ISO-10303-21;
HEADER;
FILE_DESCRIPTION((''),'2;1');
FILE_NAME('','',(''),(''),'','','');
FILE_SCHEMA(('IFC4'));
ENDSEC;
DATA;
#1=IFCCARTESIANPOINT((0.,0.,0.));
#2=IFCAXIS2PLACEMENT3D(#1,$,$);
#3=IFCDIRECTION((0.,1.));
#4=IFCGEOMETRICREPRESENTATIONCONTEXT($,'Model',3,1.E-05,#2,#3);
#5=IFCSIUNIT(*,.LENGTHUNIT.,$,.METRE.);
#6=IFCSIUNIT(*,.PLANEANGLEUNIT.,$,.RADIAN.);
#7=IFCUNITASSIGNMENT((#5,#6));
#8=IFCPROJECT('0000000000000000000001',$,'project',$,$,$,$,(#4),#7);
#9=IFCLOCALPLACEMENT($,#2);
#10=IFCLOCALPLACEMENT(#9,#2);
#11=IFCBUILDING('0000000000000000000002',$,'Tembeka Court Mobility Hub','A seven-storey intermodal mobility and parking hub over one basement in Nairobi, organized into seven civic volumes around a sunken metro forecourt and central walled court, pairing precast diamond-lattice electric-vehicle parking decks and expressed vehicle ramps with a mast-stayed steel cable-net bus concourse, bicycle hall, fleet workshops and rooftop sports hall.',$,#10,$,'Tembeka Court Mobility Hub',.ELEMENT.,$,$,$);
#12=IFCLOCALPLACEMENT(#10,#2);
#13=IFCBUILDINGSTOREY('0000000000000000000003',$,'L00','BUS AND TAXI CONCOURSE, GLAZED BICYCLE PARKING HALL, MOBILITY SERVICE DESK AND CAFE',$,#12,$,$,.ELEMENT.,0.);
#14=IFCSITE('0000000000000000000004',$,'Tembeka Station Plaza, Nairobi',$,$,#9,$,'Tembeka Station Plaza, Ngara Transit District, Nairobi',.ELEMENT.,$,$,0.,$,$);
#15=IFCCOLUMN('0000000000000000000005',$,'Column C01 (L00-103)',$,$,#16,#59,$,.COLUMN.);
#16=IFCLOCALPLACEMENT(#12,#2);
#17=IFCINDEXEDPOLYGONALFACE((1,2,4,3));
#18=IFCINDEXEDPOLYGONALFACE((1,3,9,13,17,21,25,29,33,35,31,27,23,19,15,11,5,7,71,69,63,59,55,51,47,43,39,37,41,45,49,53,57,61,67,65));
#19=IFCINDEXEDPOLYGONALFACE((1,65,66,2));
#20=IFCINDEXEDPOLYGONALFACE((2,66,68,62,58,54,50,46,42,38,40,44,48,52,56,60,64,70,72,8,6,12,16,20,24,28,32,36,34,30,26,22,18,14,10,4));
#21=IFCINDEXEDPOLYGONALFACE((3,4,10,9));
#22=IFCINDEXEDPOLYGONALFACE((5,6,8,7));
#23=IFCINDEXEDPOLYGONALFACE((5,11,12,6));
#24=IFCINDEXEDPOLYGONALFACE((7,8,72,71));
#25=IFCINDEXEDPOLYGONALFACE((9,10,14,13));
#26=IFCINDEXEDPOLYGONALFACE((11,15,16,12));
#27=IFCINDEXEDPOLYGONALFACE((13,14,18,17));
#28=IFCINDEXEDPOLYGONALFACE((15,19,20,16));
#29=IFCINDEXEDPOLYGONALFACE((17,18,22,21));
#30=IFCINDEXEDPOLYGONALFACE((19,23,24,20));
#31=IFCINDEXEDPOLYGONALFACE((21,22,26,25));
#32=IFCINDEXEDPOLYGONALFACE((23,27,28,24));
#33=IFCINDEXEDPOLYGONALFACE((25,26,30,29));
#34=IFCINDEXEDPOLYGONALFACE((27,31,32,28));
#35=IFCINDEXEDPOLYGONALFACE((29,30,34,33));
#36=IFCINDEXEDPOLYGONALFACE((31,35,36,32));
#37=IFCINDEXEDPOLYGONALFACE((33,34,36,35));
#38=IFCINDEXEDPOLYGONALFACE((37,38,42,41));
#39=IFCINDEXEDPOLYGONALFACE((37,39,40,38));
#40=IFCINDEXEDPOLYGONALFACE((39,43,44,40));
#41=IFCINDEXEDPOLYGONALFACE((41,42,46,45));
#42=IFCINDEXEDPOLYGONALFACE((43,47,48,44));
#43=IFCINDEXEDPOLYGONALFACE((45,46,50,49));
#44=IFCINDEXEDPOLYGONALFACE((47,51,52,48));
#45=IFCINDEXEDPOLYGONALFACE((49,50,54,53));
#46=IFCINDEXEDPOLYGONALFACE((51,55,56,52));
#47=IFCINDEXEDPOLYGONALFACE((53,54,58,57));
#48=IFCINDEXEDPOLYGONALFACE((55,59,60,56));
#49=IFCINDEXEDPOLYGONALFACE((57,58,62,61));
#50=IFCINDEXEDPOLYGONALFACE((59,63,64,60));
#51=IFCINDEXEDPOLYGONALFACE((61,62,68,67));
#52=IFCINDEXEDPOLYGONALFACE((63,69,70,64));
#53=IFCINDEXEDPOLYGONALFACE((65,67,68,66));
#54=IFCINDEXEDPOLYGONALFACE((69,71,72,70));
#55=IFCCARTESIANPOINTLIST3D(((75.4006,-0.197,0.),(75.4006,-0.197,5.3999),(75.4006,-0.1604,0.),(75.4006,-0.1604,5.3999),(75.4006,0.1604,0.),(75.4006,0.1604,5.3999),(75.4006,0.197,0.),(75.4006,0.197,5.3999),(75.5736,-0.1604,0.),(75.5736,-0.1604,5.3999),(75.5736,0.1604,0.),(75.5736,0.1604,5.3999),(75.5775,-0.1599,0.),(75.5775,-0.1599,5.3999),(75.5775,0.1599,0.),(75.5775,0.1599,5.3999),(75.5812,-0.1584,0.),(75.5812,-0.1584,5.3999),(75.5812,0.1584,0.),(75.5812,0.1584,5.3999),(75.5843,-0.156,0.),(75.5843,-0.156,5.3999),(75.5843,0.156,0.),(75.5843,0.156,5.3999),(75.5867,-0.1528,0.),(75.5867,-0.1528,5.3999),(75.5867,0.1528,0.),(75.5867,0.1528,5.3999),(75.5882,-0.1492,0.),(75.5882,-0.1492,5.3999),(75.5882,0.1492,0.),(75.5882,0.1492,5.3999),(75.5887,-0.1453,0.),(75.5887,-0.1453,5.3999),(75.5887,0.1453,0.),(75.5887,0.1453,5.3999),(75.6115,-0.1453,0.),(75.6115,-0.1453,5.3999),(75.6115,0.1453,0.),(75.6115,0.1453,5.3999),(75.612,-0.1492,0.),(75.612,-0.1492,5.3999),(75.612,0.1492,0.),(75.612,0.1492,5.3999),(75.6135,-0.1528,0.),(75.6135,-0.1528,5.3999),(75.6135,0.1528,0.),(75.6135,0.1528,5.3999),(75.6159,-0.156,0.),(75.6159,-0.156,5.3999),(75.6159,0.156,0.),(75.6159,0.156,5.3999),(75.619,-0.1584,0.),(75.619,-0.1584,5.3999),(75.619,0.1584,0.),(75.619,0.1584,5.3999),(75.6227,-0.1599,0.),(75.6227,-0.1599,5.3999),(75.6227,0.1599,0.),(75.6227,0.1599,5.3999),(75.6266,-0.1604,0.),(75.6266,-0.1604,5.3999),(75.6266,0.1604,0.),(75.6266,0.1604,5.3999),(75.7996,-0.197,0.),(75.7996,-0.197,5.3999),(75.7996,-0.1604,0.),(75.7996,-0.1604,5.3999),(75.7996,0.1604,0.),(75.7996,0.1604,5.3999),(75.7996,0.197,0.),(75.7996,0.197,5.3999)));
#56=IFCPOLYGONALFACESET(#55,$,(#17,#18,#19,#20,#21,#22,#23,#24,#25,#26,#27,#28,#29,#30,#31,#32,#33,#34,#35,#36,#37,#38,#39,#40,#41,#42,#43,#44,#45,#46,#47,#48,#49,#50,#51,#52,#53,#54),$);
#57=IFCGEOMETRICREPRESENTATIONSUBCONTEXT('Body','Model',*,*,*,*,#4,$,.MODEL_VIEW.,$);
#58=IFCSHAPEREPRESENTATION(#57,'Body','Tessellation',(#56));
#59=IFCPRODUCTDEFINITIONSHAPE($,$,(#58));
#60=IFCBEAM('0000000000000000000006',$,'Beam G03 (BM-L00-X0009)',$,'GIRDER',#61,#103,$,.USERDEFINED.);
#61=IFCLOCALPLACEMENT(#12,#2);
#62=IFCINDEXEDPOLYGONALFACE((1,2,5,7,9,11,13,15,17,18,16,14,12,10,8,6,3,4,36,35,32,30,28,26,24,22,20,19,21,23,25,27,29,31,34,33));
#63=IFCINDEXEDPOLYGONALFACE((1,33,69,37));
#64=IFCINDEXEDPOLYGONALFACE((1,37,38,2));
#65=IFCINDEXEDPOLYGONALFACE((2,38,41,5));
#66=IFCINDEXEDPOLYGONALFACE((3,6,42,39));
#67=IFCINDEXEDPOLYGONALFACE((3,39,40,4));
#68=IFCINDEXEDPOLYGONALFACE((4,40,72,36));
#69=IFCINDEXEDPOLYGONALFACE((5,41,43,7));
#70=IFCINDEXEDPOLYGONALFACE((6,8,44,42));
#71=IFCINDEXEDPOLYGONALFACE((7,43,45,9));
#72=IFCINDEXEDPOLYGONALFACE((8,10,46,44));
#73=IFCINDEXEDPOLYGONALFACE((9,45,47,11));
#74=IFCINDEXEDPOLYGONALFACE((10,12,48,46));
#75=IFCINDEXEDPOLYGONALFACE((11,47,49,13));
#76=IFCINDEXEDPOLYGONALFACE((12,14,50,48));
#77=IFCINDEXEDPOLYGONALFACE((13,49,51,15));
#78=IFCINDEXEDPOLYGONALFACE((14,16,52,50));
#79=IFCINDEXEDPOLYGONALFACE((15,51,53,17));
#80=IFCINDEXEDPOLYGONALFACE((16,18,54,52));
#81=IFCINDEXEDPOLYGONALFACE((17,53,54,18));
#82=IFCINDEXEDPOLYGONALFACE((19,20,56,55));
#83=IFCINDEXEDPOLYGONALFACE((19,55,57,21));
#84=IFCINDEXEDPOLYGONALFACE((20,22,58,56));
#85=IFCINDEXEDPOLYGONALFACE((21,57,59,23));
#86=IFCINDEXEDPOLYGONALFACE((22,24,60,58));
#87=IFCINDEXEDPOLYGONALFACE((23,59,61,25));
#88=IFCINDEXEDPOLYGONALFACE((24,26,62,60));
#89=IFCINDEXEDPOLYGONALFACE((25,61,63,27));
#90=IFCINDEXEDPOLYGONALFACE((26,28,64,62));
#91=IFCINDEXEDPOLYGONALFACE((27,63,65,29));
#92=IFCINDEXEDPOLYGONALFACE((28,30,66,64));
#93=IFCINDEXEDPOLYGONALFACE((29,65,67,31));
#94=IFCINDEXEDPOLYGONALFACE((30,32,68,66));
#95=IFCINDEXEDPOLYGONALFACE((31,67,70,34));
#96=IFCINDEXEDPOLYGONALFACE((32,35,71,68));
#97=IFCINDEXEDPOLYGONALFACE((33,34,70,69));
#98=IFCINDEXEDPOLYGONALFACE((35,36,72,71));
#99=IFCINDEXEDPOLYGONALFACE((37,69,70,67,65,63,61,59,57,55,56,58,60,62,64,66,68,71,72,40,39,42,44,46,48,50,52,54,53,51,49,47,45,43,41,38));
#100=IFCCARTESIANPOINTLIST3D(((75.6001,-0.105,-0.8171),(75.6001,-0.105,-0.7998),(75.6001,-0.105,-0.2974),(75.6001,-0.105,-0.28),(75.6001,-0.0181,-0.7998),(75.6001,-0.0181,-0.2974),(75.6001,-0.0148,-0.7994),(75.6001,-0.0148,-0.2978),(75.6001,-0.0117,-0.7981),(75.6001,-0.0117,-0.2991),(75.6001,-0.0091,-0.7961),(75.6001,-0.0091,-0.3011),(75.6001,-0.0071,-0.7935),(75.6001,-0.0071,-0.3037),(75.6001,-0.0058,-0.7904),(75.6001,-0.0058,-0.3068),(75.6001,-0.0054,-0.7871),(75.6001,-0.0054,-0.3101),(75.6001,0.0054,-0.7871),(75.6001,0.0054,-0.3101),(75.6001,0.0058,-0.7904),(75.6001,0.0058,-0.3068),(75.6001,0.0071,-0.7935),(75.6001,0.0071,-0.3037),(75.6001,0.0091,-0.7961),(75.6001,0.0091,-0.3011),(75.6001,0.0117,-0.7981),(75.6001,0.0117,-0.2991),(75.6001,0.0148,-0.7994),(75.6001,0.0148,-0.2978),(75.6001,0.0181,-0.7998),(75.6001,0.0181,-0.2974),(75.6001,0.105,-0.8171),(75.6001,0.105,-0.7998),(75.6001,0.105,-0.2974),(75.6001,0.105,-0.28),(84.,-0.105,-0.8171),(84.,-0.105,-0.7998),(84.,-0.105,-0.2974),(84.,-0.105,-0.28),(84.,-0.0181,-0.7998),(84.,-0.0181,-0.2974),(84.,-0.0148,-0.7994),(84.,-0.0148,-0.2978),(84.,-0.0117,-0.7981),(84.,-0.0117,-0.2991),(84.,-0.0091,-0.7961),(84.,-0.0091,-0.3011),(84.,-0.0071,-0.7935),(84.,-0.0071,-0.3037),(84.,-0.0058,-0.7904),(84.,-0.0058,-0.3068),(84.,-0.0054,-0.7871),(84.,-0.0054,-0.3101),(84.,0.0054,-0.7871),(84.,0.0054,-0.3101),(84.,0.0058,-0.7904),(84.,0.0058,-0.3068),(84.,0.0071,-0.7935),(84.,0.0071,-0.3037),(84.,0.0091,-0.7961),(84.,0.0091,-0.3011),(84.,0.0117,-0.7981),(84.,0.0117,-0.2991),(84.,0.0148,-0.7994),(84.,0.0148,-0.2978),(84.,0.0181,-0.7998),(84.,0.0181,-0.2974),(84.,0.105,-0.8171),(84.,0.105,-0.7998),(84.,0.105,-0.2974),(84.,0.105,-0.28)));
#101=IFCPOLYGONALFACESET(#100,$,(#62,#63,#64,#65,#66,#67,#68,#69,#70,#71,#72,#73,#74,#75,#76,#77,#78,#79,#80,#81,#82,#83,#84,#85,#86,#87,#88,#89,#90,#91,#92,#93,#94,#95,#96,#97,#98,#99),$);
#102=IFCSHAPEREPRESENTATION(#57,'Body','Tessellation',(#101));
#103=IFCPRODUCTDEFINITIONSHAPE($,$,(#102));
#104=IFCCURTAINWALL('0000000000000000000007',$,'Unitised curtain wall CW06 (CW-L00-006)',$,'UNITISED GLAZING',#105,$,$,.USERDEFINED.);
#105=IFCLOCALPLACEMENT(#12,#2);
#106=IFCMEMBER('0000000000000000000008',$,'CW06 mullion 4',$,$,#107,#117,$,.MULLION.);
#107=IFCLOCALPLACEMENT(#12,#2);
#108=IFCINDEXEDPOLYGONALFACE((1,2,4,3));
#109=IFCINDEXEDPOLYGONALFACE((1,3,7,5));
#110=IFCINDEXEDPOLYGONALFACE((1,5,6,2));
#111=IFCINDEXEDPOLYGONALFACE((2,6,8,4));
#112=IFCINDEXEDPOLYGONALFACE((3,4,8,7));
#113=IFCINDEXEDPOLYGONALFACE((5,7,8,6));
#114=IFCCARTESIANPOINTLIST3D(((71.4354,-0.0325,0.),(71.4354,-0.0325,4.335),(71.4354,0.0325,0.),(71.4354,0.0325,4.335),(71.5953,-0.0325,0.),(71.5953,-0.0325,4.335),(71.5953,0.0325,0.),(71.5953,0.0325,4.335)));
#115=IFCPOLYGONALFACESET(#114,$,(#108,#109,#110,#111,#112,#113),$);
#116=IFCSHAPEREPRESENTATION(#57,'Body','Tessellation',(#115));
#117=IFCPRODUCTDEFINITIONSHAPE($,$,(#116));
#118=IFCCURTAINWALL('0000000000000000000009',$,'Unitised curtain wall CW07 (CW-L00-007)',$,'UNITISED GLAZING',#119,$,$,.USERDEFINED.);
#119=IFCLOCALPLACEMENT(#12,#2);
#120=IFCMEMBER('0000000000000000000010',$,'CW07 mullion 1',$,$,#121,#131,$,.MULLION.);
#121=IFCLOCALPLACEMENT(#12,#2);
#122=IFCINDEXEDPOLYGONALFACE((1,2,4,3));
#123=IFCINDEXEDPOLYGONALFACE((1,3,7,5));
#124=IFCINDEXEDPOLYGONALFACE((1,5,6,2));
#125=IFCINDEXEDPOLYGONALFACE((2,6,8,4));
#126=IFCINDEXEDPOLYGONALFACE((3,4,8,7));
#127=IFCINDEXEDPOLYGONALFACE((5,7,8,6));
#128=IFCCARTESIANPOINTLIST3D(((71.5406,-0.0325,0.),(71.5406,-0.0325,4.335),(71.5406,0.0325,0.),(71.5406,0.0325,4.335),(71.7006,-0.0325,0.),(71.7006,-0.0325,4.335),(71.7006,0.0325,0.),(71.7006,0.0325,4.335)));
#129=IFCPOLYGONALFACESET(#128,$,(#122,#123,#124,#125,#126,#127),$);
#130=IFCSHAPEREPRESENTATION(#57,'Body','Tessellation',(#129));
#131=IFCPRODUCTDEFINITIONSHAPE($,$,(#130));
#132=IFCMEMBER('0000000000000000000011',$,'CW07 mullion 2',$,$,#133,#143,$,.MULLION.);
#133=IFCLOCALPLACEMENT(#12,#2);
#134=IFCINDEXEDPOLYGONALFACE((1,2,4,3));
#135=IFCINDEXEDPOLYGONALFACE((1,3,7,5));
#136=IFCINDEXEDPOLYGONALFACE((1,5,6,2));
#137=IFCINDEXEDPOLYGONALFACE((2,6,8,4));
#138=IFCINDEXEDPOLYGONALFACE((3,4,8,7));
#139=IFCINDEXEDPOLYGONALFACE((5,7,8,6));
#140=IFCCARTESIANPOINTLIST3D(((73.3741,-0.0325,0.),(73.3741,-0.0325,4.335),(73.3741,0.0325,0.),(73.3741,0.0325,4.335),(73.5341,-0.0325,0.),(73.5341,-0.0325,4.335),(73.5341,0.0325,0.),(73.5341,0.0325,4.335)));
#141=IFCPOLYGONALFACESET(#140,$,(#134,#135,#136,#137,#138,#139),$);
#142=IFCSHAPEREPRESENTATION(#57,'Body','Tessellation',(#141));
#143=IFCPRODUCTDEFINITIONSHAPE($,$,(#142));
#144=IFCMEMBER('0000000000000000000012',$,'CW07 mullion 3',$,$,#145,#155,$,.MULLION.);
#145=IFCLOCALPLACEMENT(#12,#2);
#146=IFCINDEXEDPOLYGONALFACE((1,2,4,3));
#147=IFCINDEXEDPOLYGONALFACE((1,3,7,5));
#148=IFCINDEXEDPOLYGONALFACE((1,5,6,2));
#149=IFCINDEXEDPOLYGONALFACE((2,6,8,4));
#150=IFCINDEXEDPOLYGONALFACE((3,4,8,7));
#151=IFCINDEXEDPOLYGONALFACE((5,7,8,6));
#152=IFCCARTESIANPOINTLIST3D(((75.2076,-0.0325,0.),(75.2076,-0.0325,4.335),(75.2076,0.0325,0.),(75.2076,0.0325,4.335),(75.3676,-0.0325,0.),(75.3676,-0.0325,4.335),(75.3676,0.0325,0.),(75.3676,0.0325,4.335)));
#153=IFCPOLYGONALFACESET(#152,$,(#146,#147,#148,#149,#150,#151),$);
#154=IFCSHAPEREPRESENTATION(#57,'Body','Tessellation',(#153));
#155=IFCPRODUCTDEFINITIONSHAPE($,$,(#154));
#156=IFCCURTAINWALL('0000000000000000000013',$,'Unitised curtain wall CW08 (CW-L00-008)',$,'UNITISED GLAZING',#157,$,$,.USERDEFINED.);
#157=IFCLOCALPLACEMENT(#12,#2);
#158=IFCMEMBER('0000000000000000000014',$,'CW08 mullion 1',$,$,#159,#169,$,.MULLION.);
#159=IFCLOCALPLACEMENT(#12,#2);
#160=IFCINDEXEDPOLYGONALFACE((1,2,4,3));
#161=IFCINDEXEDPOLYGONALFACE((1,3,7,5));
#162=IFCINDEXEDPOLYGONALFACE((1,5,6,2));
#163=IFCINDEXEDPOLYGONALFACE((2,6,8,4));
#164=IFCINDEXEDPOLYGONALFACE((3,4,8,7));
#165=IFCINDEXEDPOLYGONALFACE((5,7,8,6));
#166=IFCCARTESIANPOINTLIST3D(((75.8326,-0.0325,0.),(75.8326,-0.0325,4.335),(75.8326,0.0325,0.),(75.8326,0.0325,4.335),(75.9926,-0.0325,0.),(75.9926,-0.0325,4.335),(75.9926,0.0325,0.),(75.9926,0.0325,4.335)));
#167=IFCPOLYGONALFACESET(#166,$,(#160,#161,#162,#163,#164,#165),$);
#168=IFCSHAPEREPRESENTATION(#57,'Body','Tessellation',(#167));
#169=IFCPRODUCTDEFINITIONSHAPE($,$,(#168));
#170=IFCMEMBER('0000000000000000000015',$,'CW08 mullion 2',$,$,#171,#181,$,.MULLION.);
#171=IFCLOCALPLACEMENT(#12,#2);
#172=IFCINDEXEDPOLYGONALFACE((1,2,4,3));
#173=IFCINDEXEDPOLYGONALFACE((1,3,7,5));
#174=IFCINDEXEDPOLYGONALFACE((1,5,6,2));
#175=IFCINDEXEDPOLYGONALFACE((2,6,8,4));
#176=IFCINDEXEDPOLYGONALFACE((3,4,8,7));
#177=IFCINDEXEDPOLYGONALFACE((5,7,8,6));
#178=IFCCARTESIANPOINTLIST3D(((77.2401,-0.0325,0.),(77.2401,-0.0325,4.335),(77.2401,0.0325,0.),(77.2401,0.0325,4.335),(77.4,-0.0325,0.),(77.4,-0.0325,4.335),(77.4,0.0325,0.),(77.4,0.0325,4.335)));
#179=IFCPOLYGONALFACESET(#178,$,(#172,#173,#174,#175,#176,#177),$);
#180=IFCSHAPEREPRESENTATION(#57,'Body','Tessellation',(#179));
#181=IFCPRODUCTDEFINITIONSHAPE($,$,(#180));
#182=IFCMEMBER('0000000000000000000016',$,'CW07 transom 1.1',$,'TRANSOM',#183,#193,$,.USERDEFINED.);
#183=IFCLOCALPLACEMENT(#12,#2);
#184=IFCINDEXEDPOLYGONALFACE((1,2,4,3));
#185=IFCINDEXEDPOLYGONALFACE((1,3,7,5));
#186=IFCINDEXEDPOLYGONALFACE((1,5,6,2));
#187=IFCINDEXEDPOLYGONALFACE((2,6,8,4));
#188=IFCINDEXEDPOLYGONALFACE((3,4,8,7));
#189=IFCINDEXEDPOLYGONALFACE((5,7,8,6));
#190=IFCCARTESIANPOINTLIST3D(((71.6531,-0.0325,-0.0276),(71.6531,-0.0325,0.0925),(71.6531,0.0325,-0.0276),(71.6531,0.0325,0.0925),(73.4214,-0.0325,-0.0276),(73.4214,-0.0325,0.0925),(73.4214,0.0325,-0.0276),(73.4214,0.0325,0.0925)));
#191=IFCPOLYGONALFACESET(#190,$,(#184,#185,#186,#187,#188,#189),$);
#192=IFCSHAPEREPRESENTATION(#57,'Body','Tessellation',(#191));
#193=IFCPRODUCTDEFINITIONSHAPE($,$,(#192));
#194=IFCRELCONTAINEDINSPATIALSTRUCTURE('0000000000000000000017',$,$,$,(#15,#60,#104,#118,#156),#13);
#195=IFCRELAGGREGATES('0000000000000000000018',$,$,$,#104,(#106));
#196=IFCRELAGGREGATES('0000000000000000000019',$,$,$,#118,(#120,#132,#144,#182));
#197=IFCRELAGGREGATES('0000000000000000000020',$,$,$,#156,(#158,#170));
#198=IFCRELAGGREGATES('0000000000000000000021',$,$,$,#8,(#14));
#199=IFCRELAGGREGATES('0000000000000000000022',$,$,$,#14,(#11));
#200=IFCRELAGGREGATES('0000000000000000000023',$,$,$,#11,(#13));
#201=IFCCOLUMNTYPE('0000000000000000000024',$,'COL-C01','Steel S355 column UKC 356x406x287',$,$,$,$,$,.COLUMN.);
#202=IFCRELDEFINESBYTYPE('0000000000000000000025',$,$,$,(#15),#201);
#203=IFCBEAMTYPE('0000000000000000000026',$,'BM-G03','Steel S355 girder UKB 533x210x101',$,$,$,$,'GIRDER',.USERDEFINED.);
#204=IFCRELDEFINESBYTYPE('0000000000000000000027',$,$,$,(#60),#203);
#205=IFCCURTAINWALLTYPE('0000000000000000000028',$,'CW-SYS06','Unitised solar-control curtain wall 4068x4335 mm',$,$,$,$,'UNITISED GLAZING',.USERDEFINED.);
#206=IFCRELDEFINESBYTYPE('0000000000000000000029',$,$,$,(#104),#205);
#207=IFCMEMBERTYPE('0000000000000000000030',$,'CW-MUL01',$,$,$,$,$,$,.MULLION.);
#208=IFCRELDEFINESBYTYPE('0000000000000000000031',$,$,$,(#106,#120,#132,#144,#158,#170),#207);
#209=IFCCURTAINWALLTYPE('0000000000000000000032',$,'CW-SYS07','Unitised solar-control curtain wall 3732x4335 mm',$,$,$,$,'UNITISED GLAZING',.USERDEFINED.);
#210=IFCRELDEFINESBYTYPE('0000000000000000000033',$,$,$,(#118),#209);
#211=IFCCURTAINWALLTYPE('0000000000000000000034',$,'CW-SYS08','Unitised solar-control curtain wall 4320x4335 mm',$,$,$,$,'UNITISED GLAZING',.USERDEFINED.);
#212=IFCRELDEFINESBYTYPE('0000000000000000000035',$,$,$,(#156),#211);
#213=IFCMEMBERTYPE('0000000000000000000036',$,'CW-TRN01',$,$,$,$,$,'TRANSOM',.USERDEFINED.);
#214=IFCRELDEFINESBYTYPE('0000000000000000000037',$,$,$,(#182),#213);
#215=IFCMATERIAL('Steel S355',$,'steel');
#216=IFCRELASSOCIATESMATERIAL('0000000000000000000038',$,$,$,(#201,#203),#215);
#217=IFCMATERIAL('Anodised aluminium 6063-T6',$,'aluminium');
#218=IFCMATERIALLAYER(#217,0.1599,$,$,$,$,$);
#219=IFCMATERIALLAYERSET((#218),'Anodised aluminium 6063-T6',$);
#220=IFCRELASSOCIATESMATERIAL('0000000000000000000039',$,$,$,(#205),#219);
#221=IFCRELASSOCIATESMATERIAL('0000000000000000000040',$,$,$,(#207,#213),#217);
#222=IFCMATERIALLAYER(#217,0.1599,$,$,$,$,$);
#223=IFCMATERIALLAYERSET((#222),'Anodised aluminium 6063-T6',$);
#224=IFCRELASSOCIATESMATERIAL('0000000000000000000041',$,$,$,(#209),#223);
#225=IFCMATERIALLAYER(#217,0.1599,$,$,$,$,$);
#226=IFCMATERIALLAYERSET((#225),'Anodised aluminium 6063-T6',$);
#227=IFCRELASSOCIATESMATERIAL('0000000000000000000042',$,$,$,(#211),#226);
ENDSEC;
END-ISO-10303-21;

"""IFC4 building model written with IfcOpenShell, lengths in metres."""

from ifc_helpers import new_model, si_unit, direction, frame, origin, origin_2d, place, context, subcontext, project, spatial, rectangle, i_section, extrude, material, layer, layer_set, material_profile, profile_set, type_object, element, aggregate, save


model = new_model("IFC4")

# Units and contexts
model_context = context("Model", 3, precision=1e-05, world=origin(), true_north=direction((0.0, 1.0)))
body_context = subcontext(model_context, "Body", "Model", "MODEL_VIEW")
ifc_project = project(units=[si_unit("LENGTHUNIT", "METRE"), si_unit("PLANEANGLEUNIT", "RADIAN")], contexts=[model_context])

# Site, building, storey
site_placement = place(None, origin())
site = spatial("IfcSite", under=ifc_project, at=site_placement, Name="Tembeka Station Plaza, Nairobi", LongName="Tembeka Station Plaza, Ngara Transit District, Nairobi", CompositionType="ELEMENT", RefElevation=0.0)
building_placement = place(site_placement, origin())
building = spatial("IfcBuilding", under=site, at=building_placement, Name="Tembeka Court Mobility Hub", Description="A seven-storey intermodal mobility and parking hub over one basement in Nairobi, organized into seven civic volumes around a sunken metro forecourt and central walled court, pairing precast diamond-lattice electric-vehicle parking decks and expressed vehicle ramps with a mast-stayed steel cable-net bus concourse, bicycle hall, fleet workshops and rooftop sports hall.", LongName="Tembeka Court Mobility Hub", CompositionType="ELEMENT")
storey_placement = place(building_placement, origin())
storey = spatial("IfcBuildingStorey", under=building, at=storey_placement, Name="L00", Description="BUS AND TAXI CONCOURSE, GLAZED BICYCLE PARKING HALL, MOBILITY SERVICE DESK AND CAFE", CompositionType="ELEMENT", Elevation=0.0)

# Column
ifc_material_1 = material(Name="Steel S355", Category="steel")
ifc_material_profile_1 = material_profile(ifc_material_1, i_section(OverallWidth=0.3989, OverallDepth=0.394, WebThickness=0.0227, FlangeThickness=0.0366, FilletRadius=0.0151, at=origin_2d()), Name="UKC 356x406x287")
ifc_profile_set_1 = profile_set([ifc_material_profile_1], Name="Steel S355")
column_type = type_object("IfcColumnType", Name="COL-C01", Description="Steel S355 column UKC 356x406x287", PredefinedType="COLUMN", material=ifc_profile_set_1)
column_placement = place(storey_placement, frame((75.6001, 0.0, 0.0), z_axis=(0.0, 0.0, 1.0), x_axis=(1.0, 0.0, 0.0)))
element("IfcColumn", 1, at=column_placement, inside=storey, type_object=column_type, Name="Column C01 (L00-103)", PredefinedType="COLUMN", context=body_context, shape_type="SweptSolid", body=[
    extrude(i_section(OverallWidth=0.3989, OverallDepth=0.394, WebThickness=0.0227, FlangeThickness=0.0366, FilletRadius=0.0151, at=origin_2d()), origin(), (0.0, 0.0, 1.0), 5.3999),
])

# Beam
ifc_material_profile_2 = material_profile(ifc_material_1, i_section(OverallWidth=0.21, OverallDepth=0.5371, WebThickness=0.0107, FlangeThickness=0.0173, FilletRadius=0.0127, at=origin_2d()), Name="UKB 533x210x101")
ifc_profile_set_2 = profile_set([ifc_material_profile_2], Name="Steel S355")
beam_type = type_object("IfcBeamType", Name="BM-G03", Description="Steel S355 girder UKB 533x210x101", ElementType="GIRDER", PredefinedType="USERDEFINED", material=ifc_profile_set_2)
beam_placement = place(storey_placement, frame((75.6001, 0.0, -0.5486), z_axis=(1.0, 0.0, 0.0), x_axis=(0.0, 1.0, 0.0)))
element("IfcBeam", 2, at=beam_placement, inside=storey, type_object=beam_type, Name="Beam G03 (BM-L00-X0009)", ObjectType="GIRDER", PredefinedType="USERDEFINED", context=body_context, shape_type="SweptSolid", body=[
    extrude(i_section(OverallWidth=0.21, OverallDepth=0.5371, WebThickness=0.0107, FlangeThickness=0.0173, FilletRadius=0.0127, at=origin_2d()), origin(), (0.0, 0.0, 1.0), 8.3999),
])

# Curtain wall, member
ifc_material_2 = material(Name="Anodised aluminium 6063-T6", Category="aluminium")
ifc_layer_1 = layer(ifc_material_2, 0.1599)
ifc_layer_set_1 = layer_set([ifc_layer_1], Name="Anodised aluminium 6063-T6")
curtain_wall_type_1 = type_object("IfcCurtainWallType", Name="CW-SYS06", Description="Unitised solar-control curtain wall 4068x4335 mm", ElementType="UNITISED GLAZING", PredefinedType="USERDEFINED", material=ifc_layer_set_1)
curtain_wall_1_placement = place(storey_placement, origin())
curtain_wall_1 = element("IfcCurtainWall", 3, at=curtain_wall_1_placement, inside=storey, type_object=curtain_wall_type_1, Name="Unitised curtain wall CW06 (CW-L00-006)", ObjectType="UNITISED GLAZING", PredefinedType="USERDEFINED")
ifc_material_profile_3 = material_profile(ifc_material_2, rectangle(XDim=0.0649, YDim=0.1599, at=origin_2d()), Name="ALU-MUL 65x160")
ifc_profile_set_3 = profile_set([ifc_material_profile_3], Name="Anodised aluminium 6063-T6")
member_type_1 = type_object("IfcMemberType", Name="CW-MUL01", PredefinedType="MULLION", material=ifc_profile_set_3)
member_1_placement = place(storey_placement, frame((71.5154, 0.0, 0.0), z_axis=(0.0, 0.0, 1.0), x_axis=(0.0, 1.0, 0.0)))
member_1 = element("IfcMember", 4, at=member_1_placement, type_object=member_type_1, Name="CW06 mullion 4", PredefinedType="MULLION", context=body_context, shape_type="SweptSolid", body=[
    extrude(rectangle(XDim=0.0649, YDim=0.1599, at=origin_2d()), origin(), (0.0, 0.0, 1.0), 4.335),
])

# Curtain walls, members
ifc_layer_2 = layer(ifc_material_2, 0.1599)
ifc_layer_set_2 = layer_set([ifc_layer_2], Name="Anodised aluminium 6063-T6")
curtain_wall_type_2 = type_object("IfcCurtainWallType", Name="CW-SYS07", Description="Unitised solar-control curtain wall 3732x4335 mm", ElementType="UNITISED GLAZING", PredefinedType="USERDEFINED", material=ifc_layer_set_2)
curtain_wall_2_placement = place(storey_placement, origin())
curtain_wall_2 = element("IfcCurtainWall", 5, at=curtain_wall_2_placement, inside=storey, type_object=curtain_wall_type_2, Name="Unitised curtain wall CW07 (CW-L00-007)", ObjectType="UNITISED GLAZING", PredefinedType="USERDEFINED")
member_2_placement = place(storey_placement, frame((71.6206, 0.0, 0.0), z_axis=(0.0, 0.0, 1.0), x_axis=(0.0, 1.0, 0.0)))
member_2 = element("IfcMember", 6, at=member_2_placement, type_object=member_type_1, Name="CW07 mullion 1", PredefinedType="MULLION", context=body_context, shape_type="SweptSolid", body=[
    extrude(rectangle(XDim=0.0649, YDim=0.1599, at=origin_2d()), origin(), (0.0, 0.0, 1.0), 4.335),
])
member_3_placement = place(storey_placement, frame((73.4541, 0.0, 0.0), z_axis=(0.0, 0.0, 1.0), x_axis=(0.0, 1.0, 0.0)))
member_3 = element("IfcMember", 7, at=member_3_placement, type_object=member_type_1, Name="CW07 mullion 2", PredefinedType="MULLION", context=body_context, shape_type="SweptSolid", body=[
    extrude(rectangle(XDim=0.0649, YDim=0.1599, at=origin_2d()), origin(), (0.0, 0.0, 1.0), 4.335),
])
member_4_placement = place(storey_placement, frame((75.2876, 0.0, 0.0), z_axis=(0.0, 0.0, 1.0), x_axis=(0.0, 1.0, 0.0)))
member_4 = element("IfcMember", 8, at=member_4_placement, type_object=member_type_1, Name="CW07 mullion 3", PredefinedType="MULLION", context=body_context, shape_type="SweptSolid", body=[
    extrude(rectangle(XDim=0.0649, YDim=0.1599, at=origin_2d()), origin(), (0.0, 0.0, 1.0), 4.335),
])
ifc_layer_3 = layer(ifc_material_2, 0.1599)
ifc_layer_set_3 = layer_set([ifc_layer_3], Name="Anodised aluminium 6063-T6")
curtain_wall_type_3 = type_object("IfcCurtainWallType", Name="CW-SYS08", Description="Unitised solar-control curtain wall 4320x4335 mm", ElementType="UNITISED GLAZING", PredefinedType="USERDEFINED", material=ifc_layer_set_3)
curtain_wall_3_placement = place(storey_placement, origin())
curtain_wall_3 = element("IfcCurtainWall", 9, at=curtain_wall_3_placement, inside=storey, type_object=curtain_wall_type_3, Name="Unitised curtain wall CW08 (CW-L00-008)", ObjectType="UNITISED GLAZING", PredefinedType="USERDEFINED")
member_5_placement = place(storey_placement, frame((75.9126, 0.0, 0.0), z_axis=(0.0, 0.0, 1.0), x_axis=(0.0, 1.0, 0.0)))
member_5 = element("IfcMember", 10, at=member_5_placement, type_object=member_type_1, Name="CW08 mullion 1", PredefinedType="MULLION", context=body_context, shape_type="SweptSolid", body=[
    extrude(rectangle(XDim=0.0649, YDim=0.1599, at=origin_2d()), origin(), (0.0, 0.0, 1.0), 4.335),
])
member_6_placement = place(storey_placement, frame((77.3201, 0.0, 0.0), z_axis=(0.0, 0.0, 1.0), x_axis=(0.0, 1.0, 0.0)))
member_6 = element("IfcMember", 11, at=member_6_placement, type_object=member_type_1, Name="CW08 mullion 2", PredefinedType="MULLION", context=body_context, shape_type="SweptSolid", body=[
    extrude(rectangle(XDim=0.0649, YDim=0.1599, at=origin_2d()), origin(), (0.0, 0.0, 1.0), 4.335),
])

# Member
ifc_material_profile_4 = material_profile(ifc_material_2, rectangle(XDim=0.0649, YDim=0.1201, at=origin_2d()), Name="ALU-TRN 65x120")
ifc_profile_set_4 = profile_set([ifc_material_profile_4], Name="Anodised aluminium 6063-T6")
member_type_2 = type_object("IfcMemberType", Name="CW-TRN01", ElementType="TRANSOM", PredefinedType="USERDEFINED", material=ifc_profile_set_4)
member_7_placement = place(storey_placement, frame((71.6531, 0.0, 0.0325), z_axis=(1.0, 0.0, 0.0), x_axis=(0.0, 1.0, 0.0)))
member_7 = element("IfcMember", 12, at=member_7_placement, type_object=member_type_2, Name="CW07 transom 1.1", ObjectType="TRANSOM", PredefinedType="USERDEFINED", context=body_context, shape_type="SweptSolid", body=[
    extrude(rectangle(XDim=0.0649, YDim=0.1201, at=origin_2d()), origin(), (0.0, 0.0, 1.0), 1.7683),
])

aggregate(curtain_wall_1, [member_1])
aggregate(curtain_wall_2, [member_2, member_3, member_4, member_7])
aggregate(curtain_wall_3, [member_5, member_6])

save(model, "model.ifc")
